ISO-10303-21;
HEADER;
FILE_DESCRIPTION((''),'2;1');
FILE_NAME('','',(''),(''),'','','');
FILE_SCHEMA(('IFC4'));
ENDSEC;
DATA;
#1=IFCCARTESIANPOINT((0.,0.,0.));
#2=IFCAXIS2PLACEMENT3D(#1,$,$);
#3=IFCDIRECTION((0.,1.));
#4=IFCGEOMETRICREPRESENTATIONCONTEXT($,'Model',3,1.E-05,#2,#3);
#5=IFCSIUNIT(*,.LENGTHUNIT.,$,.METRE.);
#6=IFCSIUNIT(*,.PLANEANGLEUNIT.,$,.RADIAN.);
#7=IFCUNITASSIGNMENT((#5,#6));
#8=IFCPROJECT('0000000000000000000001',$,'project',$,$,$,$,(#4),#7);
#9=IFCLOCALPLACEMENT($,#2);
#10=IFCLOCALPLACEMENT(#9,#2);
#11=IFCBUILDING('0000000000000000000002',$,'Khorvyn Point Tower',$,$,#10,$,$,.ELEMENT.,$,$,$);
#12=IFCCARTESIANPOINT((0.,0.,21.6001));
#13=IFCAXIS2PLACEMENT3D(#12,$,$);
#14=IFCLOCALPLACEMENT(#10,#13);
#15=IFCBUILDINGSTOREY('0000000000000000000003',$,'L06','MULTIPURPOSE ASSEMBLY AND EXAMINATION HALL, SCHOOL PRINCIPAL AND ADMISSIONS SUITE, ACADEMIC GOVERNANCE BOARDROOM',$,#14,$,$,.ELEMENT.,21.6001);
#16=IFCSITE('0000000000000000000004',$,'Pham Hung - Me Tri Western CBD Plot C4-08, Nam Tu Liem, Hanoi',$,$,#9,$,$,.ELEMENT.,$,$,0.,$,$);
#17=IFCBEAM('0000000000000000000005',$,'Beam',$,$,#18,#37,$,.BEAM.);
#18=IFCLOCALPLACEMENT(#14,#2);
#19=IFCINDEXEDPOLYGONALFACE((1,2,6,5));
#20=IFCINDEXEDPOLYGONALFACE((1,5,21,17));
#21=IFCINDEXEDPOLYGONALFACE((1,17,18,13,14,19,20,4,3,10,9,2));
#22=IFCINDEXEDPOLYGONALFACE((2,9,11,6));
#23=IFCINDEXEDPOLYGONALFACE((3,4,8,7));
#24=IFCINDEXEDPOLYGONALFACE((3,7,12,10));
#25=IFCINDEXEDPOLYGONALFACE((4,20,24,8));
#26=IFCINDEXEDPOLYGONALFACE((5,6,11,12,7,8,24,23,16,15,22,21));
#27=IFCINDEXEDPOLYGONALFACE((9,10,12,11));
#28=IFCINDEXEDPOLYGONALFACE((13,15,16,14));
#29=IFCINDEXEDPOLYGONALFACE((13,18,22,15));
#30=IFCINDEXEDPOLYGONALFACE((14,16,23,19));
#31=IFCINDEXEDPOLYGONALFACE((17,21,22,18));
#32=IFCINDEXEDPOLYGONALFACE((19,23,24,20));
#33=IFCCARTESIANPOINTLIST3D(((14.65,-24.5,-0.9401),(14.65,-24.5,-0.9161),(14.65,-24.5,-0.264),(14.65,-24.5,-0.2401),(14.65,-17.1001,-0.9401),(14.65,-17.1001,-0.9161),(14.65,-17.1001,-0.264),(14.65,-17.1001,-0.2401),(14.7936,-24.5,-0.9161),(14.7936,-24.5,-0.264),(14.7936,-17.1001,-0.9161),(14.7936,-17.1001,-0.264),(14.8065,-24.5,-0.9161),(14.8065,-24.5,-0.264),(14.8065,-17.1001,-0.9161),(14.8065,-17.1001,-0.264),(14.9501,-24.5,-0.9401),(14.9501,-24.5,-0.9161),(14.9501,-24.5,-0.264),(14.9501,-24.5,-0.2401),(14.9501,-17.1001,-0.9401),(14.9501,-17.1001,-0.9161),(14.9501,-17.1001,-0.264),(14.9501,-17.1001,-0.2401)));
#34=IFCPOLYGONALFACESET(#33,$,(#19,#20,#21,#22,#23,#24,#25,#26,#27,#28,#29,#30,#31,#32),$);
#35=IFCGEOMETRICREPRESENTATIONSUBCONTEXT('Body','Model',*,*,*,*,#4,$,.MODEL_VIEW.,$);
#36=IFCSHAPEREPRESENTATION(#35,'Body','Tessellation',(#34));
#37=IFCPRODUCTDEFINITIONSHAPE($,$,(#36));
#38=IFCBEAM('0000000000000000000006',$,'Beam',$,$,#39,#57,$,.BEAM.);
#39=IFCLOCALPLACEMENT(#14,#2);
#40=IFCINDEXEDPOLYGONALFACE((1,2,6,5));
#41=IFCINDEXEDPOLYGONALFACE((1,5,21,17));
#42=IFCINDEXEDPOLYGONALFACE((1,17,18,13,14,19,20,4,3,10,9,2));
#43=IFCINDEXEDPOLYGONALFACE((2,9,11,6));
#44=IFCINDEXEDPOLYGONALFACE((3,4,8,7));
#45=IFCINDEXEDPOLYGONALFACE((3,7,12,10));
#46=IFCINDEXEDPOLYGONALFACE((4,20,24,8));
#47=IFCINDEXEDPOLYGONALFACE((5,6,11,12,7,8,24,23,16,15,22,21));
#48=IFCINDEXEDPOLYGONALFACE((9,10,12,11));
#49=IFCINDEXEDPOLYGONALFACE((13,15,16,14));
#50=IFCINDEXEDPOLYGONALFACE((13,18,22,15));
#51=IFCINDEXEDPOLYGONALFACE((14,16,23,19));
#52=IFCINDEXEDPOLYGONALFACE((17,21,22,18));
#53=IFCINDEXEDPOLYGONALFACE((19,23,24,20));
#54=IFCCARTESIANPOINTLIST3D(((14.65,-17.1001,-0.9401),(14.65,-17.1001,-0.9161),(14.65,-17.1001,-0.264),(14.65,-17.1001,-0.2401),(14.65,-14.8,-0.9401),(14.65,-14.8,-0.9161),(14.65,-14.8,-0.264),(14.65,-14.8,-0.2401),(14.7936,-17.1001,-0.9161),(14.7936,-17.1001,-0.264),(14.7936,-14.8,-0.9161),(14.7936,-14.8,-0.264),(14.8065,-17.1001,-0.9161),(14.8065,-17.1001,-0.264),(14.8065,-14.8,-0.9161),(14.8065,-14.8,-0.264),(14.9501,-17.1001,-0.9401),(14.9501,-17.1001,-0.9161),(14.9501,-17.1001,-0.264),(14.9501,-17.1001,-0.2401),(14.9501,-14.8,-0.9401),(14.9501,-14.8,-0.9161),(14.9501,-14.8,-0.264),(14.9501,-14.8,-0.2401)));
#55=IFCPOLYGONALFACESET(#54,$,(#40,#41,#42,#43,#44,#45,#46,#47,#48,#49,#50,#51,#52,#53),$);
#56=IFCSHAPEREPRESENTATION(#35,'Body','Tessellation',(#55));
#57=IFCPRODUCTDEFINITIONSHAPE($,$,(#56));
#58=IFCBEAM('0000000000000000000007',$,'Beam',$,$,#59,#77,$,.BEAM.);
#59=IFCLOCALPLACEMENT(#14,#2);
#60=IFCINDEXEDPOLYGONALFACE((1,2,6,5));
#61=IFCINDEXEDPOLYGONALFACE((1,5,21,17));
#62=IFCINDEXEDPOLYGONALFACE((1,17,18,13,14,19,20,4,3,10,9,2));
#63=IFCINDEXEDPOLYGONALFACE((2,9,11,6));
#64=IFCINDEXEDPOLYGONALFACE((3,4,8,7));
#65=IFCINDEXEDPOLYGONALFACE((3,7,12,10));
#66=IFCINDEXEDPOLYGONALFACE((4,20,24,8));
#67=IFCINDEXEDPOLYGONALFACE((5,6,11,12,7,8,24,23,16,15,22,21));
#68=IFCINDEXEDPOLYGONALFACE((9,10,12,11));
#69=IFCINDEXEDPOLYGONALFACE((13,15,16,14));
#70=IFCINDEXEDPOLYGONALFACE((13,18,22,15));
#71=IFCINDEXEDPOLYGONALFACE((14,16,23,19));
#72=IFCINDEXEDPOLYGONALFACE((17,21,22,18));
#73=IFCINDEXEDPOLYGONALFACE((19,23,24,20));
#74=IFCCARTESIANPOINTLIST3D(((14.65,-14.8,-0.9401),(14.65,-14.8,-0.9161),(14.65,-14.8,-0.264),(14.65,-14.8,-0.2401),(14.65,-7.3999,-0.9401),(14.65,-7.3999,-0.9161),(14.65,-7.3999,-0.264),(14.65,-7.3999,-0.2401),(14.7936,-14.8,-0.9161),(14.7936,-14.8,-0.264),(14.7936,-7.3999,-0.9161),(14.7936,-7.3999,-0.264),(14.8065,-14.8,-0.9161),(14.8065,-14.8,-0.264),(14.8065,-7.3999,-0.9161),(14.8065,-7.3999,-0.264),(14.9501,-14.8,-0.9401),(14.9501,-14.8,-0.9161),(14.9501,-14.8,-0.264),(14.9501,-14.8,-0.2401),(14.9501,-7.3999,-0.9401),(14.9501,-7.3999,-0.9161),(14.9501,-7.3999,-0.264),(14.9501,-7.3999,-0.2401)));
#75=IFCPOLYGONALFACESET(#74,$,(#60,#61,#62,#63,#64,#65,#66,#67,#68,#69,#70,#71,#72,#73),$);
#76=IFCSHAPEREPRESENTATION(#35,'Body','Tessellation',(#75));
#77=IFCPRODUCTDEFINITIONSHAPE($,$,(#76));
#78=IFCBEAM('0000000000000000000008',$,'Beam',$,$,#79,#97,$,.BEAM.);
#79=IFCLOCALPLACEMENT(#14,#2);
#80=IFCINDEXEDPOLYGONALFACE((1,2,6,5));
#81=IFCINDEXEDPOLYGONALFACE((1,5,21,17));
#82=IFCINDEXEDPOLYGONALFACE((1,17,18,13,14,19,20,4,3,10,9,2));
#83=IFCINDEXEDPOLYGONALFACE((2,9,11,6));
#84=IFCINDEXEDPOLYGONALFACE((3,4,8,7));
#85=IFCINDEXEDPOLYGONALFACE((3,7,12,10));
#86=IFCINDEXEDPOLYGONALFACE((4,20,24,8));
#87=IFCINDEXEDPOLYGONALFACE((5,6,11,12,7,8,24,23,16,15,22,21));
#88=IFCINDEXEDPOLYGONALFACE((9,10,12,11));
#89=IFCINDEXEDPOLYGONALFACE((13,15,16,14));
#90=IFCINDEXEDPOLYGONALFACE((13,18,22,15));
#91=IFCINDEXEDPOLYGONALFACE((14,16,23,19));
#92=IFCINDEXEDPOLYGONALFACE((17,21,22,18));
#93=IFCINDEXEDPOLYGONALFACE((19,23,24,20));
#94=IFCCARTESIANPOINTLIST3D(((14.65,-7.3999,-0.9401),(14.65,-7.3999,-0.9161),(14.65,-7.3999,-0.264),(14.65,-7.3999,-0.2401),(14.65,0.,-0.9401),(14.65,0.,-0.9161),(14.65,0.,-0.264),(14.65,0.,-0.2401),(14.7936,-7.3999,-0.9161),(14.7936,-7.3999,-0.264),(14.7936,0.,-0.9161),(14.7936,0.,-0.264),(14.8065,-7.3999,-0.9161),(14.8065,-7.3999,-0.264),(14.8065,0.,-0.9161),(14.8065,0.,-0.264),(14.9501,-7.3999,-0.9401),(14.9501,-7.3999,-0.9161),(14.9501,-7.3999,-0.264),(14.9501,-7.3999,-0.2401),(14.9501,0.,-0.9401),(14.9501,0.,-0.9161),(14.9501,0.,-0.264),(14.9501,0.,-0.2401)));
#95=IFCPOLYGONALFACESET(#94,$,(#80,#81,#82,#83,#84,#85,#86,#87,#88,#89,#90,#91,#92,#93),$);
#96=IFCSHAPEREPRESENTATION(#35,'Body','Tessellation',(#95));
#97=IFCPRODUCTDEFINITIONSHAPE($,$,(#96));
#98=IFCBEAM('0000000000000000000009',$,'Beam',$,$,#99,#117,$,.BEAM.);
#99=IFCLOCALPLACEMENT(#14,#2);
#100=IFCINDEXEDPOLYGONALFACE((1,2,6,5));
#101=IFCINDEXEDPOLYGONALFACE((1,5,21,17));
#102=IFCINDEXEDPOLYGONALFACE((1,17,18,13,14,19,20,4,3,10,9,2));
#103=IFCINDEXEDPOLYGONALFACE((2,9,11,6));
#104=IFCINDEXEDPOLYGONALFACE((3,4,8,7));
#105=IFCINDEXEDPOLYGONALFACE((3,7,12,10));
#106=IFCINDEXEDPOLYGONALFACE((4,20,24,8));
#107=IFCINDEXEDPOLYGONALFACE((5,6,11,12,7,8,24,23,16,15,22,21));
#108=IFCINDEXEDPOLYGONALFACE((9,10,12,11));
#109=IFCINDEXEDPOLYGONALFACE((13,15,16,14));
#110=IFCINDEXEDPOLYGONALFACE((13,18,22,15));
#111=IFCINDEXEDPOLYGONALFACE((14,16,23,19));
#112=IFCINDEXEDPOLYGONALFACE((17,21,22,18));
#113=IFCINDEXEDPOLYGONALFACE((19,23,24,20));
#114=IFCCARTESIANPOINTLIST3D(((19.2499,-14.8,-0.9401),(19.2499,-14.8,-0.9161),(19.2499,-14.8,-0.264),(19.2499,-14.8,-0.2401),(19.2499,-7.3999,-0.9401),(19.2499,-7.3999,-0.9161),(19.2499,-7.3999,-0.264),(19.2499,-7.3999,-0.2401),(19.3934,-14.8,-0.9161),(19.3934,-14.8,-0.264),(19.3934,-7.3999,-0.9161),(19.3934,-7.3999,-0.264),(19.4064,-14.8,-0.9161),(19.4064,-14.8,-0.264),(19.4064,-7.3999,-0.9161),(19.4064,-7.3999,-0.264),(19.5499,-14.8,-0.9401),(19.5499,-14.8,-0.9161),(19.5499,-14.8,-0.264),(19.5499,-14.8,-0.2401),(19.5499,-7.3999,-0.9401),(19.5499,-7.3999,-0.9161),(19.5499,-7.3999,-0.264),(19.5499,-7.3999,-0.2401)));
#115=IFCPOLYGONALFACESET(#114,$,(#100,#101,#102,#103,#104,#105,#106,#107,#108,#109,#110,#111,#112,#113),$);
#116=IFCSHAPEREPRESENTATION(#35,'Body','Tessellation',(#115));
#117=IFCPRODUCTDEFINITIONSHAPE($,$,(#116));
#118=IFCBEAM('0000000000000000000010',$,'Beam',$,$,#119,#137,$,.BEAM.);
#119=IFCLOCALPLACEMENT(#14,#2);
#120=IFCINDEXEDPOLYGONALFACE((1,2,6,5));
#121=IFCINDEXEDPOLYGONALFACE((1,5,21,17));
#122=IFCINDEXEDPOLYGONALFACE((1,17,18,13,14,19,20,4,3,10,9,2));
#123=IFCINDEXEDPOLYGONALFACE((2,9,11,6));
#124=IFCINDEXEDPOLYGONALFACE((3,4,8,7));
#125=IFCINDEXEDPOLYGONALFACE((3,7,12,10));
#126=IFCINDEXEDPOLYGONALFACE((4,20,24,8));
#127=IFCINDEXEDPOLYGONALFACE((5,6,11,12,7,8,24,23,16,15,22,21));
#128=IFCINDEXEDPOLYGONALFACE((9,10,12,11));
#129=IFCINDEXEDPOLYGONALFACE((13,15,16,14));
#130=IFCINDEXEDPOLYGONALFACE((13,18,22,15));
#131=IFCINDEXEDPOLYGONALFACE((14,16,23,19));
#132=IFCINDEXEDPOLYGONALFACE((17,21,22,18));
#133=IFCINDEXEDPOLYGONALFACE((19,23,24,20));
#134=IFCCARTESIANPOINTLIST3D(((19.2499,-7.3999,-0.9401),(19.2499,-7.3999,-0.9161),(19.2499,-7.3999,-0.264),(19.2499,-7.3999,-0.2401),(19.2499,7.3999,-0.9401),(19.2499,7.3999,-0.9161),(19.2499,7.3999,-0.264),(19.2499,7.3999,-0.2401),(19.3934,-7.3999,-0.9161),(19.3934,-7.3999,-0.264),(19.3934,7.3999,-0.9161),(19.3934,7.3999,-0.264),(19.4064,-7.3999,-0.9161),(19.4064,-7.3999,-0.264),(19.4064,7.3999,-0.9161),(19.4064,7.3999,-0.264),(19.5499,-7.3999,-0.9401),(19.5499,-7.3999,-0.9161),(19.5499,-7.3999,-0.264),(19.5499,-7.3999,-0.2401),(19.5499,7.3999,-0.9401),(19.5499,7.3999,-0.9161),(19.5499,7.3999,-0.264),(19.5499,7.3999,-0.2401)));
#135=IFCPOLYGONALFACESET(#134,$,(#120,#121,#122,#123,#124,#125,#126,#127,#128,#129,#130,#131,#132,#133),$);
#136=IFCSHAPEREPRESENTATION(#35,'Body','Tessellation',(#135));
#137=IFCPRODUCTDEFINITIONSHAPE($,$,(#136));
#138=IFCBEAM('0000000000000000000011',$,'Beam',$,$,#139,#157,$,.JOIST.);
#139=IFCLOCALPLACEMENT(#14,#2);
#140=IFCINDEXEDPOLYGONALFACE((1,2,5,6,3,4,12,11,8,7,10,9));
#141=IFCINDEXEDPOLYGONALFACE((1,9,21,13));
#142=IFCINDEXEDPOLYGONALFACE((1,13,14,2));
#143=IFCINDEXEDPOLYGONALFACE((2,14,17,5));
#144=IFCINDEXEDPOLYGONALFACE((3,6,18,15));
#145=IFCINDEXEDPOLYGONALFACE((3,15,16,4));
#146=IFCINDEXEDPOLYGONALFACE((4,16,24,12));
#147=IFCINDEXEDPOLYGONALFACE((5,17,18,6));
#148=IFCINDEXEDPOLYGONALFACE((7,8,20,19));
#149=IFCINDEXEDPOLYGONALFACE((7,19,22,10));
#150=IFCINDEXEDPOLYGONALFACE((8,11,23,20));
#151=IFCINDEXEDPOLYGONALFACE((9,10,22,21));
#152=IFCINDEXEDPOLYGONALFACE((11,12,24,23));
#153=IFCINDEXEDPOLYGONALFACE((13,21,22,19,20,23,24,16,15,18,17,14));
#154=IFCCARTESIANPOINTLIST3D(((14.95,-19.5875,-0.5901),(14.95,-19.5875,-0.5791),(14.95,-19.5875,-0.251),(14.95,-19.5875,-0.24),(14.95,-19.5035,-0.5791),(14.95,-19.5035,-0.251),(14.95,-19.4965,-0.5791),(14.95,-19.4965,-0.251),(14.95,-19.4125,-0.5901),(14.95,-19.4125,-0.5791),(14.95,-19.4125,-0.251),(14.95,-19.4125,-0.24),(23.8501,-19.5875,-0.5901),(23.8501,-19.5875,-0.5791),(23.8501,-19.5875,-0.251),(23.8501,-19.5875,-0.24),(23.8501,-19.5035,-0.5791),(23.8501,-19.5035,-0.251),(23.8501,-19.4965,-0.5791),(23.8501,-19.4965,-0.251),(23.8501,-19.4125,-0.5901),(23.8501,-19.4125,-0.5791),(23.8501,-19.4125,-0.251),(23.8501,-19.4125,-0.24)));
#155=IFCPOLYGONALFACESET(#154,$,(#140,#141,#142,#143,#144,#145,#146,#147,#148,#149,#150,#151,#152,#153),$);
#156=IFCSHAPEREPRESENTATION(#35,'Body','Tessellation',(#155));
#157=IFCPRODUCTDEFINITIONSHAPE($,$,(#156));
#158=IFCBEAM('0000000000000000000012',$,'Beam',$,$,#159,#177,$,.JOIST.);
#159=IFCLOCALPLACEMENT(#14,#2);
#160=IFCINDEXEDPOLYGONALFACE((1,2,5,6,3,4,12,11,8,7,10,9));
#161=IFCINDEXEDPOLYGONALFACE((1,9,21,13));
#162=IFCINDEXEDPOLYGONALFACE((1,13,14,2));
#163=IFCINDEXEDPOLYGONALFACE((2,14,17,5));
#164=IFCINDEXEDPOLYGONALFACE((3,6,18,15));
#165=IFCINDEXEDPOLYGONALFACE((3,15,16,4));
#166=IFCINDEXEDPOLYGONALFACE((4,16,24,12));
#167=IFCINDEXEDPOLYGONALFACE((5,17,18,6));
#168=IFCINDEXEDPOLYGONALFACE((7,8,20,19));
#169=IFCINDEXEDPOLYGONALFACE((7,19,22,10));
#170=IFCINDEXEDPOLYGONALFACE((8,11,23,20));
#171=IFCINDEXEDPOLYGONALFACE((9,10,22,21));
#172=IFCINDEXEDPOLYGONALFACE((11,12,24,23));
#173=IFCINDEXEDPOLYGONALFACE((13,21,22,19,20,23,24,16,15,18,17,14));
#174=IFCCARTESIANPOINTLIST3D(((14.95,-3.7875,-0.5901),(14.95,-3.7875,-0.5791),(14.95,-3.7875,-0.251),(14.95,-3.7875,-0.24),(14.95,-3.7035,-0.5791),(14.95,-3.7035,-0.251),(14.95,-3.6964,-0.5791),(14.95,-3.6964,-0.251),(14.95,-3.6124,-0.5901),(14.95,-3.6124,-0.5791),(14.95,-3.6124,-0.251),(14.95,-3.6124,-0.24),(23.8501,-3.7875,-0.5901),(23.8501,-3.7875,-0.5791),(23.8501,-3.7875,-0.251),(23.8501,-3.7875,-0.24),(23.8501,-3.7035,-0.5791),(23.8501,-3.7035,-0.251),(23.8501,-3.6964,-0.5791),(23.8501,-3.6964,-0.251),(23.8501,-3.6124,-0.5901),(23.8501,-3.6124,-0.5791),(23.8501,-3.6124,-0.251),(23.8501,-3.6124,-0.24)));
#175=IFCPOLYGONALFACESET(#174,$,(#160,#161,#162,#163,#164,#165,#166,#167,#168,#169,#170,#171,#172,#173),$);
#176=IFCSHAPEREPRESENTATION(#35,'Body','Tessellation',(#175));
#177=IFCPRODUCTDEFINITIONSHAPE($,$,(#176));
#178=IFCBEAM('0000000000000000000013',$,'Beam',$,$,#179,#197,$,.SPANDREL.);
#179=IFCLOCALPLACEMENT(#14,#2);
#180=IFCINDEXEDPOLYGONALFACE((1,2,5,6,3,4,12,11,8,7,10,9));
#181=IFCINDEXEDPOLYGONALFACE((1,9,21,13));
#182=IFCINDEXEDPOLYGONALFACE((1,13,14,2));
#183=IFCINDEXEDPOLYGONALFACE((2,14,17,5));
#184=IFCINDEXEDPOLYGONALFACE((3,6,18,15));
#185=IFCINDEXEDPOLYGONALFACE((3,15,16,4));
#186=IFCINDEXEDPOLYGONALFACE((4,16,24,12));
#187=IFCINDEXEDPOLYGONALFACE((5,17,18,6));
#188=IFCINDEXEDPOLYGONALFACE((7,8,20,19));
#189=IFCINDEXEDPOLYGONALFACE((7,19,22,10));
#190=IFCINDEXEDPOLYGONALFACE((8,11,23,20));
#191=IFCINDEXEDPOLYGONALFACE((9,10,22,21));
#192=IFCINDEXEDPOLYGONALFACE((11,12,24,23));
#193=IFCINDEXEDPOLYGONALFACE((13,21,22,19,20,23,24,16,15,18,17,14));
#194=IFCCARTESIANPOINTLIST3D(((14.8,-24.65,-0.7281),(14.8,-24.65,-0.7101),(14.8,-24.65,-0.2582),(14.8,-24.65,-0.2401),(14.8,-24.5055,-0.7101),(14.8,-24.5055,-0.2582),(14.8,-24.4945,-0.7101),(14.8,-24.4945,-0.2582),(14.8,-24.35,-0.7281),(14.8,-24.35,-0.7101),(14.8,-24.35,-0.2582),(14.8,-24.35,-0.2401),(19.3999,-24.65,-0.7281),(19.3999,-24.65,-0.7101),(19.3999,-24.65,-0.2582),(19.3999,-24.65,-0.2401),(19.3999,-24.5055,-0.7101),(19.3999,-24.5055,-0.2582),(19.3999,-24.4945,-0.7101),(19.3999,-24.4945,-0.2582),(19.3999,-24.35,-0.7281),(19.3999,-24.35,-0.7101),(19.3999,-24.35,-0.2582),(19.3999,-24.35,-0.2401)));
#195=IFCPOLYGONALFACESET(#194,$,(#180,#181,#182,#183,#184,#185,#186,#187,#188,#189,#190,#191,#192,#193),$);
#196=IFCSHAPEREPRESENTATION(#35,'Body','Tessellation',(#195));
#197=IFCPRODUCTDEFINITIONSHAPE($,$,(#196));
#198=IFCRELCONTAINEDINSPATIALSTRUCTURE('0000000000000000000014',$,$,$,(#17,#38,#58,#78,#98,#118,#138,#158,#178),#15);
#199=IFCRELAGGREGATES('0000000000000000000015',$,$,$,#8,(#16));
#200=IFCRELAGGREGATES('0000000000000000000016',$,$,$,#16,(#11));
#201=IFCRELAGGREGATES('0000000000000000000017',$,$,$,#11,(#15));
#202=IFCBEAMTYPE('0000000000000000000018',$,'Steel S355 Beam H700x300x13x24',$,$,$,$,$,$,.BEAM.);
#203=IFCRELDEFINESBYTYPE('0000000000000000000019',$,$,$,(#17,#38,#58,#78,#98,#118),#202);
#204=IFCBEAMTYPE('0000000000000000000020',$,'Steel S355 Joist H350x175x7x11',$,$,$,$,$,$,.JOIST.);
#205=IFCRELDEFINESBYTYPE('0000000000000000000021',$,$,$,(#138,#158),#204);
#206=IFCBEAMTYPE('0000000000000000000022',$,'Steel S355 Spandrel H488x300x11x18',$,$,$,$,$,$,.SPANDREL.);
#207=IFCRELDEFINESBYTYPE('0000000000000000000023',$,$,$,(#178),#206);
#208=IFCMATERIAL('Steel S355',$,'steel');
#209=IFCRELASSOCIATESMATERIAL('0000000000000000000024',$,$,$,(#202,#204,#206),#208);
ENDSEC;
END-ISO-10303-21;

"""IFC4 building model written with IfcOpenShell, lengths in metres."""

from ifc_helpers import new_model, si_unit, direction, frame, origin, origin_2d, place, context, subcontext, project, spatial, i_section, extrude, material, material_profile, profile_set, type_object, element, save


model = new_model("IFC4")

# Units and contexts
model_context = context("Model", 3, precision=1e-05, world=origin(), true_north=direction((0.0, 1.0)))
body_context = subcontext(model_context, "Body", "Model", "MODEL_VIEW")
ifc_project = project(units=[si_unit("LENGTHUNIT", "METRE"), si_unit("PLANEANGLEUNIT", "RADIAN")], contexts=[model_context])

# Site, building, storey
site_placement = place(None, origin())
site = spatial("IfcSite", under=ifc_project, at=site_placement, Name="Pham Hung - Me Tri Western CBD Plot C4-08, Nam Tu Liem, Hanoi", CompositionType="ELEMENT", RefElevation=0.0)
building_placement = place(site_placement, origin())
building = spatial("IfcBuilding", under=site, at=building_placement, Name="Khorvyn Point Tower", CompositionType="ELEMENT")
storey_placement = place(building_placement, frame((0.0, 0.0, 21.6001)))
storey = spatial("IfcBuildingStorey", under=building, at=storey_placement, Name="L06", Description="MULTIPURPOSE ASSEMBLY AND EXAMINATION HALL, SCHOOL PRINCIPAL AND ADMISSIONS SUITE, ACADEMIC GOVERNANCE BOARDROOM", CompositionType="ELEMENT", Elevation=21.6001)

# Beams
ifc_material_1 = material(Name="Steel S355", Category="steel")
ifc_material_profile_1 = material_profile(ifc_material_1, i_section(OverallWidth=0.3, OverallDepth=0.7, WebThickness=0.0129, FlangeThickness=0.0239, at=origin_2d()))
ifc_profile_set_1 = profile_set([ifc_material_profile_1], Name="Steel S355 H700x300x13x24")
beam_type_1 = type_object("IfcBeamType", Name="Steel S355 Beam H700x300x13x24", PredefinedType="BEAM", material=ifc_profile_set_1)
beam_1_placement = place(storey_placement, frame((14.8, -24.5, -0.5901), z_axis=(0.0, 1.0, 0.0), x_axis=(-1.0, 0.0, 0.0)))
element("IfcBeam", 1, at=beam_1_placement, inside=storey, type_object=beam_type_1, Name="Beam", PredefinedType="BEAM", context=body_context, shape_type="SweptSolid", body=[
    extrude(i_section(OverallWidth=0.3, OverallDepth=0.7, WebThickness=0.0129, FlangeThickness=0.0239, at=origin_2d()), origin(), (0.0, 0.0, 1.0), 7.3999),
])
beam_2_placement = place(storey_placement, frame((14.8, -17.1001, -0.5901), z_axis=(0.0, 1.0, 0.0), x_axis=(-1.0, 0.0, 0.0)))
element("IfcBeam", 2, at=beam_2_placement, inside=storey, type_object=beam_type_1, Name="Beam", PredefinedType="BEAM", context=body_context, shape_type="SweptSolid", body=[
    extrude(i_section(OverallWidth=0.3, OverallDepth=0.7, WebThickness=0.0129, FlangeThickness=0.0239, at=origin_2d()), origin(), (0.0, 0.0, 1.0), 2.3),
])
beam_3_placement = place(storey_placement, frame((14.8, -14.8, -0.5901), z_axis=(0.0, 1.0, 0.0), x_axis=(-1.0, 0.0, 0.0)))
element("IfcBeam", 3, at=beam_3_placement, inside=storey, type_object=beam_type_1, Name="Beam", PredefinedType="BEAM", context=body_context, shape_type="SweptSolid", body=[
    extrude(i_section(OverallWidth=0.3, OverallDepth=0.7, WebThickness=0.0129, FlangeThickness=0.0239, at=origin_2d()), origin(), (0.0, 0.0, 1.0), 7.4001),
])
beam_4_placement = place(storey_placement, frame((14.8, -7.3999, -0.5901), z_axis=(0.0, 1.0, 0.0), x_axis=(-1.0, 0.0, 0.0)))
element("IfcBeam", 4, at=beam_4_placement, inside=storey, type_object=beam_type_1, Name="Beam", PredefinedType="BEAM", context=body_context, shape_type="SweptSolid", body=[
    extrude(i_section(OverallWidth=0.3, OverallDepth=0.7, WebThickness=0.0129, FlangeThickness=0.0239, at=origin_2d()), origin(), (0.0, 0.0, 1.0), 7.3999),
])
beam_5_placement = place(storey_placement, frame((19.3999, -14.8, -0.5901), z_axis=(0.0, 1.0, 0.0), x_axis=(-1.0, 0.0, 0.0)))
element("IfcBeam", 5, at=beam_5_placement, inside=storey, type_object=beam_type_1, Name="Beam", PredefinedType="BEAM", context=body_context, shape_type="SweptSolid", body=[
    extrude(i_section(OverallWidth=0.3, OverallDepth=0.7, WebThickness=0.0129, FlangeThickness=0.0239, at=origin_2d()), origin(), (0.0, 0.0, 1.0), 7.4001),
])
beam_6_placement = place(storey_placement, frame((19.3999, -7.3999, -0.5901), z_axis=(0.0, 1.0, 0.0), x_axis=(-1.0, 0.0, 0.0)))
element("IfcBeam", 6, at=beam_6_placement, inside=storey, type_object=beam_type_1, Name="Beam", PredefinedType="BEAM", context=body_context, shape_type="SweptSolid", body=[
    extrude(i_section(OverallWidth=0.3, OverallDepth=0.7, WebThickness=0.0129, FlangeThickness=0.0239, at=origin_2d()), origin(), (0.0, 0.0, 1.0), 14.7998),
])
ifc_material_profile_2 = material_profile(ifc_material_1, i_section(OverallWidth=0.175, OverallDepth=0.3501, WebThickness=0.0071, FlangeThickness=0.011, at=origin_2d()))
ifc_profile_set_2 = profile_set([ifc_material_profile_2], Name="Steel S355 H350x175x7x11")
beam_type_2 = type_object("IfcBeamType", Name="Steel S355 Joist H350x175x7x11", PredefinedType="JOIST", material=ifc_profile_set_2)
for number, where, z_axis, x_axis, name in (
    (7, (14.95, -19.5, -0.415), (1.0, 0.0, 0.0), (0.0, 1.0, 0.0), "Beam"),
    (8, (14.95, -3.7, -0.415), (1.0, 0.0, 0.0), (0.0, 1.0, 0.0), "Beam"),
):
    element("IfcBeam", number, at=place(storey_placement, frame(where, z_axis=z_axis, x_axis=x_axis)), inside=storey, type_object=beam_type_2, Name=name, PredefinedType="JOIST", context=body_context, shape_type="SweptSolid", body=[
        extrude(i_section(OverallWidth=0.175, OverallDepth=0.3501, WebThickness=0.0071, FlangeThickness=0.011, at=origin_2d()), origin(), (0.0, 0.0, 1.0), 8.9001),
    ])
ifc_material_profile_3 = material_profile(ifc_material_1, i_section(OverallWidth=0.3, OverallDepth=0.488, WebThickness=0.011, FlangeThickness=0.0181, at=origin_2d()))
ifc_profile_set_3 = profile_set([ifc_material_profile_3], Name="Steel S355 H488x300x11x18")
beam_type_3 = type_object("IfcBeamType", Name="Steel S355 Spandrel H488x300x11x18", PredefinedType="SPANDREL", material=ifc_profile_set_3)
beam_7_placement = place(storey_placement, frame((14.8, -24.5, -0.4841), z_axis=(1.0, 0.0, 0.0), x_axis=(0.0, 1.0, 0.0)))
element("IfcBeam", 9, at=beam_7_placement, inside=storey, type_object=beam_type_3, Name="Beam", PredefinedType="SPANDREL", context=body_context, shape_type="SweptSolid", body=[
    extrude(i_section(OverallWidth=0.3, OverallDepth=0.488, WebThickness=0.011, FlangeThickness=0.0181, at=origin_2d()), origin(), (0.0, 0.0, 1.0), 4.5999),
])

save(model, "model.ifc")
